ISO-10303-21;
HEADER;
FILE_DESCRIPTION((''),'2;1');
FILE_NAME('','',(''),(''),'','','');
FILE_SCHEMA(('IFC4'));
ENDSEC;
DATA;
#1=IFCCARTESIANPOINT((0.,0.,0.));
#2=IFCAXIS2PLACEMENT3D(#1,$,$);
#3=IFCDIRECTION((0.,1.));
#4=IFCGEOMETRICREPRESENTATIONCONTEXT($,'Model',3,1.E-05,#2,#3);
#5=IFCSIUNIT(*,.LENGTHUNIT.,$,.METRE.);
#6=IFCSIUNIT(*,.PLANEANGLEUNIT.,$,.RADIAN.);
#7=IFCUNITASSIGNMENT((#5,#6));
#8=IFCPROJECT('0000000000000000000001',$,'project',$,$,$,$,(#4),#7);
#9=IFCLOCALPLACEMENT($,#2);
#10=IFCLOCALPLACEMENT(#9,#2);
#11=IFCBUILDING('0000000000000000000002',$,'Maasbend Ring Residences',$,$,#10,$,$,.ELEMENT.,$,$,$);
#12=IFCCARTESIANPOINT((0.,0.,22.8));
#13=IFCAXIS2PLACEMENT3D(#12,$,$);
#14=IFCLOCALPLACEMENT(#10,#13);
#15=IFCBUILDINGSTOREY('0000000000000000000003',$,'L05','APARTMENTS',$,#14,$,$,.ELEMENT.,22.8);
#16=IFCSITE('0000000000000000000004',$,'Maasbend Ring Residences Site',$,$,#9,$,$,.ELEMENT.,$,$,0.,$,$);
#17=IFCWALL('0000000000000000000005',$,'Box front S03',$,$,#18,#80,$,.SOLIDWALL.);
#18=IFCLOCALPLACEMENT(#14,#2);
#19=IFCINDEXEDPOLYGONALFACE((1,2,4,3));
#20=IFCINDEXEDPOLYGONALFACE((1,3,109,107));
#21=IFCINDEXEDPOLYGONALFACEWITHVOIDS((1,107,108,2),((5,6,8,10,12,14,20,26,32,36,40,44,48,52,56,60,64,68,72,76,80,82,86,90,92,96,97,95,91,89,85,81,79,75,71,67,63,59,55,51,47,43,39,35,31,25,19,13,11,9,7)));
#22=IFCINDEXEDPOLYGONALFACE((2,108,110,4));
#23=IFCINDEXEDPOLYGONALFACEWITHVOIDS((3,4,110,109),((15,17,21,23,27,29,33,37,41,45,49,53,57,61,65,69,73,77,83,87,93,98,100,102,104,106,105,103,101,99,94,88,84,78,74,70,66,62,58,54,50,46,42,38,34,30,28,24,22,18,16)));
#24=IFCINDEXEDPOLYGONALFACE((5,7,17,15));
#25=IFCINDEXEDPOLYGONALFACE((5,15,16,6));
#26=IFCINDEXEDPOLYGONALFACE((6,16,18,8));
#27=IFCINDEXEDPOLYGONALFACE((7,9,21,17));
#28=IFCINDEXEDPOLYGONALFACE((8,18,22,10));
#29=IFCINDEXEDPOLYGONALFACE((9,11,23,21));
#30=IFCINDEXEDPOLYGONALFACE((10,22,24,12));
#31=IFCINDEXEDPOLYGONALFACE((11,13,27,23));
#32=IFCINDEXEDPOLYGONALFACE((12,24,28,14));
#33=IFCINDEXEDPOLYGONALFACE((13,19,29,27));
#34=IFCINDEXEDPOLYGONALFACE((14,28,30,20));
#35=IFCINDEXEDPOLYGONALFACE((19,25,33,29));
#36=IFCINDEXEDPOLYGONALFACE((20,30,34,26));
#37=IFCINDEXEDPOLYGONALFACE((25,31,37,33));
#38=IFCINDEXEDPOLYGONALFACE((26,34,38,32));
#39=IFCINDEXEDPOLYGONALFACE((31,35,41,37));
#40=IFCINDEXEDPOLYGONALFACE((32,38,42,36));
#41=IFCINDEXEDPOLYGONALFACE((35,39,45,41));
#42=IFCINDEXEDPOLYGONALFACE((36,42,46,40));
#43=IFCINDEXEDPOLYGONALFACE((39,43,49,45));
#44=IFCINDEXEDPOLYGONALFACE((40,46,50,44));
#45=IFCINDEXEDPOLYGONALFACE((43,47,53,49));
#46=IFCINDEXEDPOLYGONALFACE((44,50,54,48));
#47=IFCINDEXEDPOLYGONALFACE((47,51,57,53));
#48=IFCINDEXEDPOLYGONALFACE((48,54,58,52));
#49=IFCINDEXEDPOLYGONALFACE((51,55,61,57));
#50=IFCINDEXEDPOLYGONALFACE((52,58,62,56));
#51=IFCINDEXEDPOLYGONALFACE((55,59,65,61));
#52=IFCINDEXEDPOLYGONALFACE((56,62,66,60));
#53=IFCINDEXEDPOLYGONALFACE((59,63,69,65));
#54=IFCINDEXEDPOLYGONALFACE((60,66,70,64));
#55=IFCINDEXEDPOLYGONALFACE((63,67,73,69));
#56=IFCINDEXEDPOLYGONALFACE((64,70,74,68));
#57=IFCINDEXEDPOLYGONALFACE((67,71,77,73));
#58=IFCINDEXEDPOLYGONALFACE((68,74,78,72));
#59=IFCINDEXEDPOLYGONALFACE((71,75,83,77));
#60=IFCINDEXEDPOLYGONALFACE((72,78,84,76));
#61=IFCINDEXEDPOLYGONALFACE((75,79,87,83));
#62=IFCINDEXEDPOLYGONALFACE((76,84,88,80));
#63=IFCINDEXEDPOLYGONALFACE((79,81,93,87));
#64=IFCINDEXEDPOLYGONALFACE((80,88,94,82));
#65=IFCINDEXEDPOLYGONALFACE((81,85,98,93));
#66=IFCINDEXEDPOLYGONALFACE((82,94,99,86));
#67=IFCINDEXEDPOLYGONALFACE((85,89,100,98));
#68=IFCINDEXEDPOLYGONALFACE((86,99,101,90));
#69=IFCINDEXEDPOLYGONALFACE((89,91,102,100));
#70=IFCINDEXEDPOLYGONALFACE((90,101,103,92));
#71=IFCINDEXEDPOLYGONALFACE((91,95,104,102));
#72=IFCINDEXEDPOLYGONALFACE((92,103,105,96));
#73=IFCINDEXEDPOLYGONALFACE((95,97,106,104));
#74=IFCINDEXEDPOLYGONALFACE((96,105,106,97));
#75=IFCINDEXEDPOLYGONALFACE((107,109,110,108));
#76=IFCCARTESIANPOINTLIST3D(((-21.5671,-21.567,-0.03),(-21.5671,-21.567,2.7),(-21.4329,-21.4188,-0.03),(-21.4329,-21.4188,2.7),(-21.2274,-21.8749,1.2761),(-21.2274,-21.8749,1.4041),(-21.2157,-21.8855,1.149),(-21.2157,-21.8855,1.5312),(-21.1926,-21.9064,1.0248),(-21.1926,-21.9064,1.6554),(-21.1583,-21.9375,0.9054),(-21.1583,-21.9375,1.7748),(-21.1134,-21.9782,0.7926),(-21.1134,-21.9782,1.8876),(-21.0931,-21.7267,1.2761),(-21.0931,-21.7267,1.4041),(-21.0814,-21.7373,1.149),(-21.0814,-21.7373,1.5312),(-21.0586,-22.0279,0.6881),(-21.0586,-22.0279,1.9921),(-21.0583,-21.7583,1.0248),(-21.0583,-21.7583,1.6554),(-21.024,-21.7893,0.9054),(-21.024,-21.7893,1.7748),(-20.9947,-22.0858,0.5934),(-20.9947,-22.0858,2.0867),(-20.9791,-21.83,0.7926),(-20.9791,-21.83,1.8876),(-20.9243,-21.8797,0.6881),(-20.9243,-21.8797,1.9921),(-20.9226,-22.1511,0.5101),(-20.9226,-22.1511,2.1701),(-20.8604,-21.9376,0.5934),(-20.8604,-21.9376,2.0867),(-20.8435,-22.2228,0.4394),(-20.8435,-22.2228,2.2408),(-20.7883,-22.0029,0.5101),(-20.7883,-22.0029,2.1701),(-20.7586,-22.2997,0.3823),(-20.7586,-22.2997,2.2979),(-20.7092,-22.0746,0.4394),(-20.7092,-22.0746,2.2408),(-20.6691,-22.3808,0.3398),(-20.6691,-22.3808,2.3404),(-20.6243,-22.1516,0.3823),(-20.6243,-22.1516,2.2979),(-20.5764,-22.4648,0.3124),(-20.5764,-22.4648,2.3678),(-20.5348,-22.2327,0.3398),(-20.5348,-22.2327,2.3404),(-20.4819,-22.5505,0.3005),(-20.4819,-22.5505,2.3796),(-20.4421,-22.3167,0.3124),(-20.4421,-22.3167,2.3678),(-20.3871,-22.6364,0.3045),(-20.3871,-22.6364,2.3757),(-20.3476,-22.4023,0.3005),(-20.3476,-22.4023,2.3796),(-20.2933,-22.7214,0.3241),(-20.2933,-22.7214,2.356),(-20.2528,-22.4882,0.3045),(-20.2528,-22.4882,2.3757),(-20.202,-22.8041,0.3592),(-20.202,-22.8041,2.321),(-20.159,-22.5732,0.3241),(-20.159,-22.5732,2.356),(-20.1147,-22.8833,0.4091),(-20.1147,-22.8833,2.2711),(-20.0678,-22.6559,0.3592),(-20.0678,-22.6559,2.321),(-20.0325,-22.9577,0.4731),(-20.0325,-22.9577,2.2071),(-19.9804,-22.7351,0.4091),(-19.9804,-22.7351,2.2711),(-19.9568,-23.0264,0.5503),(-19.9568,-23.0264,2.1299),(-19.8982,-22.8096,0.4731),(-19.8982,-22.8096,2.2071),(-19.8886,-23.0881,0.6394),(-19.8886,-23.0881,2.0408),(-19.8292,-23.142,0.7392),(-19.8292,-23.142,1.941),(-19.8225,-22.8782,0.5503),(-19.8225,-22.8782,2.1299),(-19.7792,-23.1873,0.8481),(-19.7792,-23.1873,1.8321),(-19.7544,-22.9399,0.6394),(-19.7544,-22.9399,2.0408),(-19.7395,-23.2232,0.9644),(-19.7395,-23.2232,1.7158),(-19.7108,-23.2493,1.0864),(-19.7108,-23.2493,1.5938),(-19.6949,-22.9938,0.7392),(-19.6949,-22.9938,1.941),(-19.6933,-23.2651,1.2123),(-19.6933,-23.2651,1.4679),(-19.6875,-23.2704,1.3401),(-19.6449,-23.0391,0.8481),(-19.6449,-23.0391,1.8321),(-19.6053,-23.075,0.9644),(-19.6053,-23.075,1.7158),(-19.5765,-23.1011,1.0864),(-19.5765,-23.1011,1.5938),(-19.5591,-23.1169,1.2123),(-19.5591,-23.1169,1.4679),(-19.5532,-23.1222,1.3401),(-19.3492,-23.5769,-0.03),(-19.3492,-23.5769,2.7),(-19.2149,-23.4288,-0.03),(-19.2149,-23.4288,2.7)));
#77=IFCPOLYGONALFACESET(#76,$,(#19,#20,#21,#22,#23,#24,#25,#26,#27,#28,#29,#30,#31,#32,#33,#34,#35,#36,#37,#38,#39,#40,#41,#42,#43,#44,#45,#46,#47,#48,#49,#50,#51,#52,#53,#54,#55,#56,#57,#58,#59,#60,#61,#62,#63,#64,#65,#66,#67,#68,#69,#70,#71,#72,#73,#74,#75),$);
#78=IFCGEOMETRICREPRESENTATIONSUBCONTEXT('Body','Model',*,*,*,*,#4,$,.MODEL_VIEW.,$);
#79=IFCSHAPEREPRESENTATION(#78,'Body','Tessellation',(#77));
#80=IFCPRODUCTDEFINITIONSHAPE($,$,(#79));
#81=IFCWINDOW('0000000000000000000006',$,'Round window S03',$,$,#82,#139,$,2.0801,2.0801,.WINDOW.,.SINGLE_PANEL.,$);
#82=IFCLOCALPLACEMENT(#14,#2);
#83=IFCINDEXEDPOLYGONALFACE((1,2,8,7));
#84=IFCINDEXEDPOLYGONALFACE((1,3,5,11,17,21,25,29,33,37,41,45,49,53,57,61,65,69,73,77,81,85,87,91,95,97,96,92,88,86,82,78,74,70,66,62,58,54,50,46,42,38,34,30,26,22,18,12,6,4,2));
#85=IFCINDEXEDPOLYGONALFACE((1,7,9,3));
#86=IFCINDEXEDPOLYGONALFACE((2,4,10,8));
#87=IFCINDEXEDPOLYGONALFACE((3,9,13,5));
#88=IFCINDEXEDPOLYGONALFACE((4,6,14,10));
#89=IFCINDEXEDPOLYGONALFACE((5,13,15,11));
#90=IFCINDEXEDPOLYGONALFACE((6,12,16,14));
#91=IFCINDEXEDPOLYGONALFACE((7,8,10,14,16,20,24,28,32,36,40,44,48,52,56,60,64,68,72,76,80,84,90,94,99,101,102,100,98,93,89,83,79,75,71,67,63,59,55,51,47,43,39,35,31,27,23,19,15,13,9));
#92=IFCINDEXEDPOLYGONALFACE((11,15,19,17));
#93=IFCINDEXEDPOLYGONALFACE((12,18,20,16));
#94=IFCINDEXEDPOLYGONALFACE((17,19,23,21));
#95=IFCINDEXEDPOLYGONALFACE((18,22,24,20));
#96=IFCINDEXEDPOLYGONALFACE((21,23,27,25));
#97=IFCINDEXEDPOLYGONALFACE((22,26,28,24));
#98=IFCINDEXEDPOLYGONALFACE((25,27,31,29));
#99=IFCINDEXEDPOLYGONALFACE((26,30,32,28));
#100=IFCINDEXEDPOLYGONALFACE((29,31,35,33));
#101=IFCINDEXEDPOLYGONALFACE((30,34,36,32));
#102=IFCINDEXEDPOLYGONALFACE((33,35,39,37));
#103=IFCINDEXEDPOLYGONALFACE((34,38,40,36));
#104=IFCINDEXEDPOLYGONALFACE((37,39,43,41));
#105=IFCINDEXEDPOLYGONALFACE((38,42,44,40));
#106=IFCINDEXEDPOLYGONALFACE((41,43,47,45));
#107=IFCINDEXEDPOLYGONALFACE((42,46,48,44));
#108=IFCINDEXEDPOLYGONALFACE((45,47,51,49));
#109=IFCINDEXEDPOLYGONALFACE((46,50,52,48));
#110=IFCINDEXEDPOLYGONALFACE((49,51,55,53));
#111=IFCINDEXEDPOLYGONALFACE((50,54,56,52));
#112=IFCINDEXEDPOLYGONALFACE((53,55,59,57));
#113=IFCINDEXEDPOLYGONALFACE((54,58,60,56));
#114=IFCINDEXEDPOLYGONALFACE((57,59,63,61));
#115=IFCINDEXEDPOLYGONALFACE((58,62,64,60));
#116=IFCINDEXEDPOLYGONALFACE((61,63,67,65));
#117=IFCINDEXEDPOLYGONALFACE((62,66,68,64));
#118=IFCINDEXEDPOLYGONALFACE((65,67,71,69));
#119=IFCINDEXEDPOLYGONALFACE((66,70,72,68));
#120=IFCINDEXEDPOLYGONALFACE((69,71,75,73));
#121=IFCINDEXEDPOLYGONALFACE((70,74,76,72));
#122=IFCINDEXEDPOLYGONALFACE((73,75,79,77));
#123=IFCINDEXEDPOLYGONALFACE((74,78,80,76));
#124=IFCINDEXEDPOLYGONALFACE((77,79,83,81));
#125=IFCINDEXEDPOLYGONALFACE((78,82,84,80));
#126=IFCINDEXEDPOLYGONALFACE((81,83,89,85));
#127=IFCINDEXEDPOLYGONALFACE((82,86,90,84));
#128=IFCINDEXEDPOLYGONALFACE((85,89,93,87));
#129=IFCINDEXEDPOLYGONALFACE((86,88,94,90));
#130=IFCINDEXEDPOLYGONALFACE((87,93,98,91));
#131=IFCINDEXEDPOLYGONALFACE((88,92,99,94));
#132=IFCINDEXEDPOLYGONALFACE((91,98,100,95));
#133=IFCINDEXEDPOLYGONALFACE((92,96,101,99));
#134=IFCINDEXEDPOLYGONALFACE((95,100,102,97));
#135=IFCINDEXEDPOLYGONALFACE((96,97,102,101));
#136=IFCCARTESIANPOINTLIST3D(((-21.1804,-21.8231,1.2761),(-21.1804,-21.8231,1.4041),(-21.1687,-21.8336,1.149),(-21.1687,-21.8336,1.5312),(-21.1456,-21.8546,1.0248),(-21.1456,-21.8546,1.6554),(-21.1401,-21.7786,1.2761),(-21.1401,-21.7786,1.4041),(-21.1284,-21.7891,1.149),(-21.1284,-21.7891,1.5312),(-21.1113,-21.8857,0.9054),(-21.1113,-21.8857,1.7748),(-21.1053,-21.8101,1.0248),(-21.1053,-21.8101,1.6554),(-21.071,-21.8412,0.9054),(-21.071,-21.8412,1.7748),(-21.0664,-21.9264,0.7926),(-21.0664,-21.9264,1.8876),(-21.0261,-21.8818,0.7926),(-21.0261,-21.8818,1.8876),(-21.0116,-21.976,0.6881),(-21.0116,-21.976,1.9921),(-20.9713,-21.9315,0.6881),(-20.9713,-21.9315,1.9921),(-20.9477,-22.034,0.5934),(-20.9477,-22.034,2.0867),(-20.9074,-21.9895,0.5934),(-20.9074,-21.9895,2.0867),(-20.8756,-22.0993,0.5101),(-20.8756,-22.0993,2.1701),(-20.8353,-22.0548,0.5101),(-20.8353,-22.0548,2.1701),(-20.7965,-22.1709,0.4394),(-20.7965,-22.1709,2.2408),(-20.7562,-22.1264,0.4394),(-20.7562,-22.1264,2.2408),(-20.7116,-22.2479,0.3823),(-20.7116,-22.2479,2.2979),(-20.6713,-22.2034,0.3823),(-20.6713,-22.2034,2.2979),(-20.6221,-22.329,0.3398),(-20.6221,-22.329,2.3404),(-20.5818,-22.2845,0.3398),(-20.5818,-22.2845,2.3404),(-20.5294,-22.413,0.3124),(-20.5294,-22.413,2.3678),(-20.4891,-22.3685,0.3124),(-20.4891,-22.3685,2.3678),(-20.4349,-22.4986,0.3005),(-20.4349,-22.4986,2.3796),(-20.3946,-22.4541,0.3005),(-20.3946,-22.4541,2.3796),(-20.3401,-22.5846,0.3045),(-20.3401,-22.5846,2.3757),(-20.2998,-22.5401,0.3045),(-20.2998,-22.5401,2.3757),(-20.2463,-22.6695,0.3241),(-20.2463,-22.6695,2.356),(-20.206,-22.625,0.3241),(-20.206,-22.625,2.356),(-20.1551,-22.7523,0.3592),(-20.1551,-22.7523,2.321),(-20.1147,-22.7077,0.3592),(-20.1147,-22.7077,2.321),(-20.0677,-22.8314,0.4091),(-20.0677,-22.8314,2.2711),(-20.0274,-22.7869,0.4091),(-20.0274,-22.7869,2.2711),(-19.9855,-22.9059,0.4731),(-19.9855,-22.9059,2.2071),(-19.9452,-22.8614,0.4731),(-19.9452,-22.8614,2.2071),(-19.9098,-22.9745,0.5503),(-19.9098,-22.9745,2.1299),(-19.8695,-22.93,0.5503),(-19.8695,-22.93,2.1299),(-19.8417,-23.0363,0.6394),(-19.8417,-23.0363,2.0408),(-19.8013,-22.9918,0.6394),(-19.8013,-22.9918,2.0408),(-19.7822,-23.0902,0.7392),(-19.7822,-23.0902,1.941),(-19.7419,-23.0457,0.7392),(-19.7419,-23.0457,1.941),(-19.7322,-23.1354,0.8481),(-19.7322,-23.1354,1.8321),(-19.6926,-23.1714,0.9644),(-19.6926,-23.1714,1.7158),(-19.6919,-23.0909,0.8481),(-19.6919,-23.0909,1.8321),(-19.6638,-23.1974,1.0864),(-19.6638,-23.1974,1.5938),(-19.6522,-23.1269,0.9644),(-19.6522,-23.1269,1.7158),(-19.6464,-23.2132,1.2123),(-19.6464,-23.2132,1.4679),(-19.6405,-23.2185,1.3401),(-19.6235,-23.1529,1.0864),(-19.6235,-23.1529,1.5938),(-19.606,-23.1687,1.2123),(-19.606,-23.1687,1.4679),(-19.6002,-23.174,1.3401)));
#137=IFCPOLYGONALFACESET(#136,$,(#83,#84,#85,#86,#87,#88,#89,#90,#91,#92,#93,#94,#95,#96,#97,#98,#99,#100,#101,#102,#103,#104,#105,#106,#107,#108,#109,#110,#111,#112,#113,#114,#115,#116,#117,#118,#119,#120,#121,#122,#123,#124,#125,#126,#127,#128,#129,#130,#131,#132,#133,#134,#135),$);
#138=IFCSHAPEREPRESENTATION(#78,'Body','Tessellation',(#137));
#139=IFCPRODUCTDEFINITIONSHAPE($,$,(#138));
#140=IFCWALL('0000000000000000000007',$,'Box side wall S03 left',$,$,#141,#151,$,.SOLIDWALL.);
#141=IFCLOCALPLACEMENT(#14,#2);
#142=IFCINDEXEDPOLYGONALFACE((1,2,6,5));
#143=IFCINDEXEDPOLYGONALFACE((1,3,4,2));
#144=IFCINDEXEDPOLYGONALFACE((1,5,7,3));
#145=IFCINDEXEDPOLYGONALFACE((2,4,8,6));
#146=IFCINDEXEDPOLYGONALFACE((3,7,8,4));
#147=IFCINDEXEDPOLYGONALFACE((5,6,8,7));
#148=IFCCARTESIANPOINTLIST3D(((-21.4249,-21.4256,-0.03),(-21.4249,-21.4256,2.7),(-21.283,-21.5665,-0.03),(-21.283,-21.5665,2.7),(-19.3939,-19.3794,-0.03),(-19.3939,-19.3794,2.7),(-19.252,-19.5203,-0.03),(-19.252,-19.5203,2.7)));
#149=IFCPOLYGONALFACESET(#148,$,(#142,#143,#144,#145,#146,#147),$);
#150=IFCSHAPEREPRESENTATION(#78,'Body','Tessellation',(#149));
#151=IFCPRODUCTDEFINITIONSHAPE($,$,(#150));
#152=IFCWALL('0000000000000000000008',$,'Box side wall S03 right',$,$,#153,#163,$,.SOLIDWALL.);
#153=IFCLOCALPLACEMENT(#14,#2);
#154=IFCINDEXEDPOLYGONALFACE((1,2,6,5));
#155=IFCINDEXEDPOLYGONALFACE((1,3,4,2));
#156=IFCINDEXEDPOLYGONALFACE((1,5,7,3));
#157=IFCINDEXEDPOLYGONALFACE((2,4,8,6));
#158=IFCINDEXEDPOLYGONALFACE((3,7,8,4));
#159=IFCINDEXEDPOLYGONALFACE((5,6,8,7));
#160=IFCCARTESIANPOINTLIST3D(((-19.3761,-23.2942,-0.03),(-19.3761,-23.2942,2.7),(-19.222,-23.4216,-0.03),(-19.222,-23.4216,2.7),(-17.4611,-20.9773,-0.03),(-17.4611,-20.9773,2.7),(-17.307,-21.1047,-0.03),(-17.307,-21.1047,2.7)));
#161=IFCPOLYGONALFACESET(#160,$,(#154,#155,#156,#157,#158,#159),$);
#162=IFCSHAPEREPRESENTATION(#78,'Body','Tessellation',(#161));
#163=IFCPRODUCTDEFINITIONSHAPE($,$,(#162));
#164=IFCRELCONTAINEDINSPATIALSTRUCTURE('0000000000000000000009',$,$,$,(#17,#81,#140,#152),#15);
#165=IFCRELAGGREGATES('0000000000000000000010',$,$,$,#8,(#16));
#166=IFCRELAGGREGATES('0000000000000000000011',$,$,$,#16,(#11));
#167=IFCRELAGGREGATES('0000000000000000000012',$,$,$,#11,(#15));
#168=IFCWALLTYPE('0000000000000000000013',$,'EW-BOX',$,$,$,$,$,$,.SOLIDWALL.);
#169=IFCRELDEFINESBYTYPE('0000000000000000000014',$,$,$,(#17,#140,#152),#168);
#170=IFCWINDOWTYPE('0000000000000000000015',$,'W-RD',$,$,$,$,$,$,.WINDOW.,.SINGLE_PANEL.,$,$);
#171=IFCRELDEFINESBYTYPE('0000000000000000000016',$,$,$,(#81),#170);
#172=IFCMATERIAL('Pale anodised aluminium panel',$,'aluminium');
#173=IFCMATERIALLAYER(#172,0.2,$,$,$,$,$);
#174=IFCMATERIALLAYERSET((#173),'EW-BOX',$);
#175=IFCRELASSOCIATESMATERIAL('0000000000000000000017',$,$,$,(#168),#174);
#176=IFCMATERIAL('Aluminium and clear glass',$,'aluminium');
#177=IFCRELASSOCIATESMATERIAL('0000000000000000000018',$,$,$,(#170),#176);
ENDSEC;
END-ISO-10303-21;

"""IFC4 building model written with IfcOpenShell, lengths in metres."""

from ifc_helpers import new_model, si_unit, direction, frame, frame_2d, origin, place, context, subcontext, project, spatial, rectangle, circle, extrude, material, layer, layer_set, type_object, element, fill, save


model = new_model("IFC4")

# Units and contexts
model_context = context("Model", 3, precision=1e-05, world=origin(), true_north=direction((0.0, 1.0)))
body_context = subcontext(model_context, "Body", "Model", "MODEL_VIEW")
ifc_project = project(units=[si_unit("LENGTHUNIT", "METRE"), si_unit("PLANEANGLEUNIT", "RADIAN")], contexts=[model_context])

# Site, building, storey
site_placement = place(None, origin())
site = spatial("IfcSite", under=ifc_project, at=site_placement, Name="Maasbend Ring Residences Site", CompositionType="ELEMENT", RefElevation=0.0)
building_placement = place(site_placement, origin())
building = spatial("IfcBuilding", under=site, at=building_placement, Name="Maasbend Ring Residences", CompositionType="ELEMENT")
storey_placement = place(building_placement, frame((0.0, 0.0, 22.8)))
storey = spatial("IfcBuildingStorey", under=building, at=storey_placement, Name="L05", Description="APARTMENTS", CompositionType="ELEMENT", Elevation=22.8)

# Wall, opening, window
ifc_material_1 = material(Name="Pale anodised aluminium panel", Category="aluminium")
ifc_layer_1 = layer(ifc_material_1, 0.2)
ifc_layer_set_1 = layer_set([ifc_layer_1], Name="EW-BOX")
wall_type_1 = type_object("IfcWallType", Name="EW-BOX", PredefinedType="SOLIDWALL", material=ifc_layer_set_1)
wall_1_placement = place(storey_placement, frame((-21.5, -21.4929, -0.03), z_axis=(0.0, 0.0, 1.0), x_axis=(0.740998, -0.671507, 0.0)))
wall_1 = element("IfcWall", 1, at=wall_1_placement, inside=storey, type_object=wall_type_1, Name="Box front S03", PredefinedType="SOLIDWALL", context=body_context, shape_type="SweptSolid", body=[
    extrude(rectangle(XDim=2.9932, YDim=0.2, at=frame_2d((1.4966, 0.0))), origin(), (0.0, 0.0, 1.0), 2.73),
])
opening_1_placement = place(wall_1_placement, frame((0.4565, 0.0, 0.3301)))
opening_1 = element("IfcOpeningElement", 2, at=opening_1_placement, cuts=wall_1, PredefinedType="OPENING", context=body_context, shape_type="SweptSolid", body=[
    extrude(circle(Radius=1.04, at=frame_2d((1.04, 1.04))), frame((0.0, 0.1099, 0.0), z_axis=(0.0, -1.0, 0.0), x_axis=(1.0, 0.0, 0.0)), (0.0, 0.0, 1.0), 0.22),
])
ifc_material_2 = material(Name="Aluminium and clear glass", Category="aluminium")
window_type_1 = type_object("IfcWindowType", Name="W-RD", PartitioningType="SINGLE_PANEL", PredefinedType="WINDOW", material=ifc_material_2)
window_1_placement = place(opening_1_placement, origin())
window_1 = element("IfcWindow", 3, at=window_1_placement, inside=storey, type_object=window_type_1, Name="Round window S03", OverallHeight=2.0801, OverallWidth=2.0801, PartitioningType="SINGLE_PANEL", PredefinedType="WINDOW", context=body_context, shape_type="SweptSolid", body=[
    extrude(circle(Radius=1.04, at=frame_2d((1.04, 1.04))), frame((0.0, 0.03, 0.0), z_axis=(0.0, -1.0, 0.0), x_axis=(1.0, 0.0, 0.0)), (0.0, 0.0, 1.0), 0.0601),
])
fill(opening_1, window_1)

# Walls
wall_2_placement = place(storey_placement, frame((-19.323, -19.45, -0.03), z_axis=(0.0, 0.0, 1.0), x_axis=(-0.704477, -0.709727, 0.0)))
element("IfcWall", 4, at=wall_2_placement, inside=storey, type_object=wall_type_1, Name="Box side wall S03 left", PredefinedType="SOLIDWALL", context=body_context, shape_type="SweptSolid", body=[
    extrude(rectangle(XDim=2.8831, YDim=0.2, at=frame_2d((1.4414, 0.0))), origin(), (0.0, 0.0, 1.0), 2.73),
])
wall_3_placement = place(storey_placement, frame((-17.384, -21.041, -0.03), z_axis=(0.0, 0.0, 1.0), x_axis=(-0.637096, -0.770785, 0.0)))
element("IfcWall", 5, at=wall_3_placement, inside=storey, type_object=wall_type_1, Name="Box side wall S03 right", PredefinedType="SOLIDWALL", context=body_context, shape_type="SweptSolid", body=[
    extrude(rectangle(XDim=3.0059, YDim=0.2, at=frame_2d((1.5029, 0.0))), origin(), (0.0, 0.0, 1.0), 2.73),
])

save(model, "model.ifc")
